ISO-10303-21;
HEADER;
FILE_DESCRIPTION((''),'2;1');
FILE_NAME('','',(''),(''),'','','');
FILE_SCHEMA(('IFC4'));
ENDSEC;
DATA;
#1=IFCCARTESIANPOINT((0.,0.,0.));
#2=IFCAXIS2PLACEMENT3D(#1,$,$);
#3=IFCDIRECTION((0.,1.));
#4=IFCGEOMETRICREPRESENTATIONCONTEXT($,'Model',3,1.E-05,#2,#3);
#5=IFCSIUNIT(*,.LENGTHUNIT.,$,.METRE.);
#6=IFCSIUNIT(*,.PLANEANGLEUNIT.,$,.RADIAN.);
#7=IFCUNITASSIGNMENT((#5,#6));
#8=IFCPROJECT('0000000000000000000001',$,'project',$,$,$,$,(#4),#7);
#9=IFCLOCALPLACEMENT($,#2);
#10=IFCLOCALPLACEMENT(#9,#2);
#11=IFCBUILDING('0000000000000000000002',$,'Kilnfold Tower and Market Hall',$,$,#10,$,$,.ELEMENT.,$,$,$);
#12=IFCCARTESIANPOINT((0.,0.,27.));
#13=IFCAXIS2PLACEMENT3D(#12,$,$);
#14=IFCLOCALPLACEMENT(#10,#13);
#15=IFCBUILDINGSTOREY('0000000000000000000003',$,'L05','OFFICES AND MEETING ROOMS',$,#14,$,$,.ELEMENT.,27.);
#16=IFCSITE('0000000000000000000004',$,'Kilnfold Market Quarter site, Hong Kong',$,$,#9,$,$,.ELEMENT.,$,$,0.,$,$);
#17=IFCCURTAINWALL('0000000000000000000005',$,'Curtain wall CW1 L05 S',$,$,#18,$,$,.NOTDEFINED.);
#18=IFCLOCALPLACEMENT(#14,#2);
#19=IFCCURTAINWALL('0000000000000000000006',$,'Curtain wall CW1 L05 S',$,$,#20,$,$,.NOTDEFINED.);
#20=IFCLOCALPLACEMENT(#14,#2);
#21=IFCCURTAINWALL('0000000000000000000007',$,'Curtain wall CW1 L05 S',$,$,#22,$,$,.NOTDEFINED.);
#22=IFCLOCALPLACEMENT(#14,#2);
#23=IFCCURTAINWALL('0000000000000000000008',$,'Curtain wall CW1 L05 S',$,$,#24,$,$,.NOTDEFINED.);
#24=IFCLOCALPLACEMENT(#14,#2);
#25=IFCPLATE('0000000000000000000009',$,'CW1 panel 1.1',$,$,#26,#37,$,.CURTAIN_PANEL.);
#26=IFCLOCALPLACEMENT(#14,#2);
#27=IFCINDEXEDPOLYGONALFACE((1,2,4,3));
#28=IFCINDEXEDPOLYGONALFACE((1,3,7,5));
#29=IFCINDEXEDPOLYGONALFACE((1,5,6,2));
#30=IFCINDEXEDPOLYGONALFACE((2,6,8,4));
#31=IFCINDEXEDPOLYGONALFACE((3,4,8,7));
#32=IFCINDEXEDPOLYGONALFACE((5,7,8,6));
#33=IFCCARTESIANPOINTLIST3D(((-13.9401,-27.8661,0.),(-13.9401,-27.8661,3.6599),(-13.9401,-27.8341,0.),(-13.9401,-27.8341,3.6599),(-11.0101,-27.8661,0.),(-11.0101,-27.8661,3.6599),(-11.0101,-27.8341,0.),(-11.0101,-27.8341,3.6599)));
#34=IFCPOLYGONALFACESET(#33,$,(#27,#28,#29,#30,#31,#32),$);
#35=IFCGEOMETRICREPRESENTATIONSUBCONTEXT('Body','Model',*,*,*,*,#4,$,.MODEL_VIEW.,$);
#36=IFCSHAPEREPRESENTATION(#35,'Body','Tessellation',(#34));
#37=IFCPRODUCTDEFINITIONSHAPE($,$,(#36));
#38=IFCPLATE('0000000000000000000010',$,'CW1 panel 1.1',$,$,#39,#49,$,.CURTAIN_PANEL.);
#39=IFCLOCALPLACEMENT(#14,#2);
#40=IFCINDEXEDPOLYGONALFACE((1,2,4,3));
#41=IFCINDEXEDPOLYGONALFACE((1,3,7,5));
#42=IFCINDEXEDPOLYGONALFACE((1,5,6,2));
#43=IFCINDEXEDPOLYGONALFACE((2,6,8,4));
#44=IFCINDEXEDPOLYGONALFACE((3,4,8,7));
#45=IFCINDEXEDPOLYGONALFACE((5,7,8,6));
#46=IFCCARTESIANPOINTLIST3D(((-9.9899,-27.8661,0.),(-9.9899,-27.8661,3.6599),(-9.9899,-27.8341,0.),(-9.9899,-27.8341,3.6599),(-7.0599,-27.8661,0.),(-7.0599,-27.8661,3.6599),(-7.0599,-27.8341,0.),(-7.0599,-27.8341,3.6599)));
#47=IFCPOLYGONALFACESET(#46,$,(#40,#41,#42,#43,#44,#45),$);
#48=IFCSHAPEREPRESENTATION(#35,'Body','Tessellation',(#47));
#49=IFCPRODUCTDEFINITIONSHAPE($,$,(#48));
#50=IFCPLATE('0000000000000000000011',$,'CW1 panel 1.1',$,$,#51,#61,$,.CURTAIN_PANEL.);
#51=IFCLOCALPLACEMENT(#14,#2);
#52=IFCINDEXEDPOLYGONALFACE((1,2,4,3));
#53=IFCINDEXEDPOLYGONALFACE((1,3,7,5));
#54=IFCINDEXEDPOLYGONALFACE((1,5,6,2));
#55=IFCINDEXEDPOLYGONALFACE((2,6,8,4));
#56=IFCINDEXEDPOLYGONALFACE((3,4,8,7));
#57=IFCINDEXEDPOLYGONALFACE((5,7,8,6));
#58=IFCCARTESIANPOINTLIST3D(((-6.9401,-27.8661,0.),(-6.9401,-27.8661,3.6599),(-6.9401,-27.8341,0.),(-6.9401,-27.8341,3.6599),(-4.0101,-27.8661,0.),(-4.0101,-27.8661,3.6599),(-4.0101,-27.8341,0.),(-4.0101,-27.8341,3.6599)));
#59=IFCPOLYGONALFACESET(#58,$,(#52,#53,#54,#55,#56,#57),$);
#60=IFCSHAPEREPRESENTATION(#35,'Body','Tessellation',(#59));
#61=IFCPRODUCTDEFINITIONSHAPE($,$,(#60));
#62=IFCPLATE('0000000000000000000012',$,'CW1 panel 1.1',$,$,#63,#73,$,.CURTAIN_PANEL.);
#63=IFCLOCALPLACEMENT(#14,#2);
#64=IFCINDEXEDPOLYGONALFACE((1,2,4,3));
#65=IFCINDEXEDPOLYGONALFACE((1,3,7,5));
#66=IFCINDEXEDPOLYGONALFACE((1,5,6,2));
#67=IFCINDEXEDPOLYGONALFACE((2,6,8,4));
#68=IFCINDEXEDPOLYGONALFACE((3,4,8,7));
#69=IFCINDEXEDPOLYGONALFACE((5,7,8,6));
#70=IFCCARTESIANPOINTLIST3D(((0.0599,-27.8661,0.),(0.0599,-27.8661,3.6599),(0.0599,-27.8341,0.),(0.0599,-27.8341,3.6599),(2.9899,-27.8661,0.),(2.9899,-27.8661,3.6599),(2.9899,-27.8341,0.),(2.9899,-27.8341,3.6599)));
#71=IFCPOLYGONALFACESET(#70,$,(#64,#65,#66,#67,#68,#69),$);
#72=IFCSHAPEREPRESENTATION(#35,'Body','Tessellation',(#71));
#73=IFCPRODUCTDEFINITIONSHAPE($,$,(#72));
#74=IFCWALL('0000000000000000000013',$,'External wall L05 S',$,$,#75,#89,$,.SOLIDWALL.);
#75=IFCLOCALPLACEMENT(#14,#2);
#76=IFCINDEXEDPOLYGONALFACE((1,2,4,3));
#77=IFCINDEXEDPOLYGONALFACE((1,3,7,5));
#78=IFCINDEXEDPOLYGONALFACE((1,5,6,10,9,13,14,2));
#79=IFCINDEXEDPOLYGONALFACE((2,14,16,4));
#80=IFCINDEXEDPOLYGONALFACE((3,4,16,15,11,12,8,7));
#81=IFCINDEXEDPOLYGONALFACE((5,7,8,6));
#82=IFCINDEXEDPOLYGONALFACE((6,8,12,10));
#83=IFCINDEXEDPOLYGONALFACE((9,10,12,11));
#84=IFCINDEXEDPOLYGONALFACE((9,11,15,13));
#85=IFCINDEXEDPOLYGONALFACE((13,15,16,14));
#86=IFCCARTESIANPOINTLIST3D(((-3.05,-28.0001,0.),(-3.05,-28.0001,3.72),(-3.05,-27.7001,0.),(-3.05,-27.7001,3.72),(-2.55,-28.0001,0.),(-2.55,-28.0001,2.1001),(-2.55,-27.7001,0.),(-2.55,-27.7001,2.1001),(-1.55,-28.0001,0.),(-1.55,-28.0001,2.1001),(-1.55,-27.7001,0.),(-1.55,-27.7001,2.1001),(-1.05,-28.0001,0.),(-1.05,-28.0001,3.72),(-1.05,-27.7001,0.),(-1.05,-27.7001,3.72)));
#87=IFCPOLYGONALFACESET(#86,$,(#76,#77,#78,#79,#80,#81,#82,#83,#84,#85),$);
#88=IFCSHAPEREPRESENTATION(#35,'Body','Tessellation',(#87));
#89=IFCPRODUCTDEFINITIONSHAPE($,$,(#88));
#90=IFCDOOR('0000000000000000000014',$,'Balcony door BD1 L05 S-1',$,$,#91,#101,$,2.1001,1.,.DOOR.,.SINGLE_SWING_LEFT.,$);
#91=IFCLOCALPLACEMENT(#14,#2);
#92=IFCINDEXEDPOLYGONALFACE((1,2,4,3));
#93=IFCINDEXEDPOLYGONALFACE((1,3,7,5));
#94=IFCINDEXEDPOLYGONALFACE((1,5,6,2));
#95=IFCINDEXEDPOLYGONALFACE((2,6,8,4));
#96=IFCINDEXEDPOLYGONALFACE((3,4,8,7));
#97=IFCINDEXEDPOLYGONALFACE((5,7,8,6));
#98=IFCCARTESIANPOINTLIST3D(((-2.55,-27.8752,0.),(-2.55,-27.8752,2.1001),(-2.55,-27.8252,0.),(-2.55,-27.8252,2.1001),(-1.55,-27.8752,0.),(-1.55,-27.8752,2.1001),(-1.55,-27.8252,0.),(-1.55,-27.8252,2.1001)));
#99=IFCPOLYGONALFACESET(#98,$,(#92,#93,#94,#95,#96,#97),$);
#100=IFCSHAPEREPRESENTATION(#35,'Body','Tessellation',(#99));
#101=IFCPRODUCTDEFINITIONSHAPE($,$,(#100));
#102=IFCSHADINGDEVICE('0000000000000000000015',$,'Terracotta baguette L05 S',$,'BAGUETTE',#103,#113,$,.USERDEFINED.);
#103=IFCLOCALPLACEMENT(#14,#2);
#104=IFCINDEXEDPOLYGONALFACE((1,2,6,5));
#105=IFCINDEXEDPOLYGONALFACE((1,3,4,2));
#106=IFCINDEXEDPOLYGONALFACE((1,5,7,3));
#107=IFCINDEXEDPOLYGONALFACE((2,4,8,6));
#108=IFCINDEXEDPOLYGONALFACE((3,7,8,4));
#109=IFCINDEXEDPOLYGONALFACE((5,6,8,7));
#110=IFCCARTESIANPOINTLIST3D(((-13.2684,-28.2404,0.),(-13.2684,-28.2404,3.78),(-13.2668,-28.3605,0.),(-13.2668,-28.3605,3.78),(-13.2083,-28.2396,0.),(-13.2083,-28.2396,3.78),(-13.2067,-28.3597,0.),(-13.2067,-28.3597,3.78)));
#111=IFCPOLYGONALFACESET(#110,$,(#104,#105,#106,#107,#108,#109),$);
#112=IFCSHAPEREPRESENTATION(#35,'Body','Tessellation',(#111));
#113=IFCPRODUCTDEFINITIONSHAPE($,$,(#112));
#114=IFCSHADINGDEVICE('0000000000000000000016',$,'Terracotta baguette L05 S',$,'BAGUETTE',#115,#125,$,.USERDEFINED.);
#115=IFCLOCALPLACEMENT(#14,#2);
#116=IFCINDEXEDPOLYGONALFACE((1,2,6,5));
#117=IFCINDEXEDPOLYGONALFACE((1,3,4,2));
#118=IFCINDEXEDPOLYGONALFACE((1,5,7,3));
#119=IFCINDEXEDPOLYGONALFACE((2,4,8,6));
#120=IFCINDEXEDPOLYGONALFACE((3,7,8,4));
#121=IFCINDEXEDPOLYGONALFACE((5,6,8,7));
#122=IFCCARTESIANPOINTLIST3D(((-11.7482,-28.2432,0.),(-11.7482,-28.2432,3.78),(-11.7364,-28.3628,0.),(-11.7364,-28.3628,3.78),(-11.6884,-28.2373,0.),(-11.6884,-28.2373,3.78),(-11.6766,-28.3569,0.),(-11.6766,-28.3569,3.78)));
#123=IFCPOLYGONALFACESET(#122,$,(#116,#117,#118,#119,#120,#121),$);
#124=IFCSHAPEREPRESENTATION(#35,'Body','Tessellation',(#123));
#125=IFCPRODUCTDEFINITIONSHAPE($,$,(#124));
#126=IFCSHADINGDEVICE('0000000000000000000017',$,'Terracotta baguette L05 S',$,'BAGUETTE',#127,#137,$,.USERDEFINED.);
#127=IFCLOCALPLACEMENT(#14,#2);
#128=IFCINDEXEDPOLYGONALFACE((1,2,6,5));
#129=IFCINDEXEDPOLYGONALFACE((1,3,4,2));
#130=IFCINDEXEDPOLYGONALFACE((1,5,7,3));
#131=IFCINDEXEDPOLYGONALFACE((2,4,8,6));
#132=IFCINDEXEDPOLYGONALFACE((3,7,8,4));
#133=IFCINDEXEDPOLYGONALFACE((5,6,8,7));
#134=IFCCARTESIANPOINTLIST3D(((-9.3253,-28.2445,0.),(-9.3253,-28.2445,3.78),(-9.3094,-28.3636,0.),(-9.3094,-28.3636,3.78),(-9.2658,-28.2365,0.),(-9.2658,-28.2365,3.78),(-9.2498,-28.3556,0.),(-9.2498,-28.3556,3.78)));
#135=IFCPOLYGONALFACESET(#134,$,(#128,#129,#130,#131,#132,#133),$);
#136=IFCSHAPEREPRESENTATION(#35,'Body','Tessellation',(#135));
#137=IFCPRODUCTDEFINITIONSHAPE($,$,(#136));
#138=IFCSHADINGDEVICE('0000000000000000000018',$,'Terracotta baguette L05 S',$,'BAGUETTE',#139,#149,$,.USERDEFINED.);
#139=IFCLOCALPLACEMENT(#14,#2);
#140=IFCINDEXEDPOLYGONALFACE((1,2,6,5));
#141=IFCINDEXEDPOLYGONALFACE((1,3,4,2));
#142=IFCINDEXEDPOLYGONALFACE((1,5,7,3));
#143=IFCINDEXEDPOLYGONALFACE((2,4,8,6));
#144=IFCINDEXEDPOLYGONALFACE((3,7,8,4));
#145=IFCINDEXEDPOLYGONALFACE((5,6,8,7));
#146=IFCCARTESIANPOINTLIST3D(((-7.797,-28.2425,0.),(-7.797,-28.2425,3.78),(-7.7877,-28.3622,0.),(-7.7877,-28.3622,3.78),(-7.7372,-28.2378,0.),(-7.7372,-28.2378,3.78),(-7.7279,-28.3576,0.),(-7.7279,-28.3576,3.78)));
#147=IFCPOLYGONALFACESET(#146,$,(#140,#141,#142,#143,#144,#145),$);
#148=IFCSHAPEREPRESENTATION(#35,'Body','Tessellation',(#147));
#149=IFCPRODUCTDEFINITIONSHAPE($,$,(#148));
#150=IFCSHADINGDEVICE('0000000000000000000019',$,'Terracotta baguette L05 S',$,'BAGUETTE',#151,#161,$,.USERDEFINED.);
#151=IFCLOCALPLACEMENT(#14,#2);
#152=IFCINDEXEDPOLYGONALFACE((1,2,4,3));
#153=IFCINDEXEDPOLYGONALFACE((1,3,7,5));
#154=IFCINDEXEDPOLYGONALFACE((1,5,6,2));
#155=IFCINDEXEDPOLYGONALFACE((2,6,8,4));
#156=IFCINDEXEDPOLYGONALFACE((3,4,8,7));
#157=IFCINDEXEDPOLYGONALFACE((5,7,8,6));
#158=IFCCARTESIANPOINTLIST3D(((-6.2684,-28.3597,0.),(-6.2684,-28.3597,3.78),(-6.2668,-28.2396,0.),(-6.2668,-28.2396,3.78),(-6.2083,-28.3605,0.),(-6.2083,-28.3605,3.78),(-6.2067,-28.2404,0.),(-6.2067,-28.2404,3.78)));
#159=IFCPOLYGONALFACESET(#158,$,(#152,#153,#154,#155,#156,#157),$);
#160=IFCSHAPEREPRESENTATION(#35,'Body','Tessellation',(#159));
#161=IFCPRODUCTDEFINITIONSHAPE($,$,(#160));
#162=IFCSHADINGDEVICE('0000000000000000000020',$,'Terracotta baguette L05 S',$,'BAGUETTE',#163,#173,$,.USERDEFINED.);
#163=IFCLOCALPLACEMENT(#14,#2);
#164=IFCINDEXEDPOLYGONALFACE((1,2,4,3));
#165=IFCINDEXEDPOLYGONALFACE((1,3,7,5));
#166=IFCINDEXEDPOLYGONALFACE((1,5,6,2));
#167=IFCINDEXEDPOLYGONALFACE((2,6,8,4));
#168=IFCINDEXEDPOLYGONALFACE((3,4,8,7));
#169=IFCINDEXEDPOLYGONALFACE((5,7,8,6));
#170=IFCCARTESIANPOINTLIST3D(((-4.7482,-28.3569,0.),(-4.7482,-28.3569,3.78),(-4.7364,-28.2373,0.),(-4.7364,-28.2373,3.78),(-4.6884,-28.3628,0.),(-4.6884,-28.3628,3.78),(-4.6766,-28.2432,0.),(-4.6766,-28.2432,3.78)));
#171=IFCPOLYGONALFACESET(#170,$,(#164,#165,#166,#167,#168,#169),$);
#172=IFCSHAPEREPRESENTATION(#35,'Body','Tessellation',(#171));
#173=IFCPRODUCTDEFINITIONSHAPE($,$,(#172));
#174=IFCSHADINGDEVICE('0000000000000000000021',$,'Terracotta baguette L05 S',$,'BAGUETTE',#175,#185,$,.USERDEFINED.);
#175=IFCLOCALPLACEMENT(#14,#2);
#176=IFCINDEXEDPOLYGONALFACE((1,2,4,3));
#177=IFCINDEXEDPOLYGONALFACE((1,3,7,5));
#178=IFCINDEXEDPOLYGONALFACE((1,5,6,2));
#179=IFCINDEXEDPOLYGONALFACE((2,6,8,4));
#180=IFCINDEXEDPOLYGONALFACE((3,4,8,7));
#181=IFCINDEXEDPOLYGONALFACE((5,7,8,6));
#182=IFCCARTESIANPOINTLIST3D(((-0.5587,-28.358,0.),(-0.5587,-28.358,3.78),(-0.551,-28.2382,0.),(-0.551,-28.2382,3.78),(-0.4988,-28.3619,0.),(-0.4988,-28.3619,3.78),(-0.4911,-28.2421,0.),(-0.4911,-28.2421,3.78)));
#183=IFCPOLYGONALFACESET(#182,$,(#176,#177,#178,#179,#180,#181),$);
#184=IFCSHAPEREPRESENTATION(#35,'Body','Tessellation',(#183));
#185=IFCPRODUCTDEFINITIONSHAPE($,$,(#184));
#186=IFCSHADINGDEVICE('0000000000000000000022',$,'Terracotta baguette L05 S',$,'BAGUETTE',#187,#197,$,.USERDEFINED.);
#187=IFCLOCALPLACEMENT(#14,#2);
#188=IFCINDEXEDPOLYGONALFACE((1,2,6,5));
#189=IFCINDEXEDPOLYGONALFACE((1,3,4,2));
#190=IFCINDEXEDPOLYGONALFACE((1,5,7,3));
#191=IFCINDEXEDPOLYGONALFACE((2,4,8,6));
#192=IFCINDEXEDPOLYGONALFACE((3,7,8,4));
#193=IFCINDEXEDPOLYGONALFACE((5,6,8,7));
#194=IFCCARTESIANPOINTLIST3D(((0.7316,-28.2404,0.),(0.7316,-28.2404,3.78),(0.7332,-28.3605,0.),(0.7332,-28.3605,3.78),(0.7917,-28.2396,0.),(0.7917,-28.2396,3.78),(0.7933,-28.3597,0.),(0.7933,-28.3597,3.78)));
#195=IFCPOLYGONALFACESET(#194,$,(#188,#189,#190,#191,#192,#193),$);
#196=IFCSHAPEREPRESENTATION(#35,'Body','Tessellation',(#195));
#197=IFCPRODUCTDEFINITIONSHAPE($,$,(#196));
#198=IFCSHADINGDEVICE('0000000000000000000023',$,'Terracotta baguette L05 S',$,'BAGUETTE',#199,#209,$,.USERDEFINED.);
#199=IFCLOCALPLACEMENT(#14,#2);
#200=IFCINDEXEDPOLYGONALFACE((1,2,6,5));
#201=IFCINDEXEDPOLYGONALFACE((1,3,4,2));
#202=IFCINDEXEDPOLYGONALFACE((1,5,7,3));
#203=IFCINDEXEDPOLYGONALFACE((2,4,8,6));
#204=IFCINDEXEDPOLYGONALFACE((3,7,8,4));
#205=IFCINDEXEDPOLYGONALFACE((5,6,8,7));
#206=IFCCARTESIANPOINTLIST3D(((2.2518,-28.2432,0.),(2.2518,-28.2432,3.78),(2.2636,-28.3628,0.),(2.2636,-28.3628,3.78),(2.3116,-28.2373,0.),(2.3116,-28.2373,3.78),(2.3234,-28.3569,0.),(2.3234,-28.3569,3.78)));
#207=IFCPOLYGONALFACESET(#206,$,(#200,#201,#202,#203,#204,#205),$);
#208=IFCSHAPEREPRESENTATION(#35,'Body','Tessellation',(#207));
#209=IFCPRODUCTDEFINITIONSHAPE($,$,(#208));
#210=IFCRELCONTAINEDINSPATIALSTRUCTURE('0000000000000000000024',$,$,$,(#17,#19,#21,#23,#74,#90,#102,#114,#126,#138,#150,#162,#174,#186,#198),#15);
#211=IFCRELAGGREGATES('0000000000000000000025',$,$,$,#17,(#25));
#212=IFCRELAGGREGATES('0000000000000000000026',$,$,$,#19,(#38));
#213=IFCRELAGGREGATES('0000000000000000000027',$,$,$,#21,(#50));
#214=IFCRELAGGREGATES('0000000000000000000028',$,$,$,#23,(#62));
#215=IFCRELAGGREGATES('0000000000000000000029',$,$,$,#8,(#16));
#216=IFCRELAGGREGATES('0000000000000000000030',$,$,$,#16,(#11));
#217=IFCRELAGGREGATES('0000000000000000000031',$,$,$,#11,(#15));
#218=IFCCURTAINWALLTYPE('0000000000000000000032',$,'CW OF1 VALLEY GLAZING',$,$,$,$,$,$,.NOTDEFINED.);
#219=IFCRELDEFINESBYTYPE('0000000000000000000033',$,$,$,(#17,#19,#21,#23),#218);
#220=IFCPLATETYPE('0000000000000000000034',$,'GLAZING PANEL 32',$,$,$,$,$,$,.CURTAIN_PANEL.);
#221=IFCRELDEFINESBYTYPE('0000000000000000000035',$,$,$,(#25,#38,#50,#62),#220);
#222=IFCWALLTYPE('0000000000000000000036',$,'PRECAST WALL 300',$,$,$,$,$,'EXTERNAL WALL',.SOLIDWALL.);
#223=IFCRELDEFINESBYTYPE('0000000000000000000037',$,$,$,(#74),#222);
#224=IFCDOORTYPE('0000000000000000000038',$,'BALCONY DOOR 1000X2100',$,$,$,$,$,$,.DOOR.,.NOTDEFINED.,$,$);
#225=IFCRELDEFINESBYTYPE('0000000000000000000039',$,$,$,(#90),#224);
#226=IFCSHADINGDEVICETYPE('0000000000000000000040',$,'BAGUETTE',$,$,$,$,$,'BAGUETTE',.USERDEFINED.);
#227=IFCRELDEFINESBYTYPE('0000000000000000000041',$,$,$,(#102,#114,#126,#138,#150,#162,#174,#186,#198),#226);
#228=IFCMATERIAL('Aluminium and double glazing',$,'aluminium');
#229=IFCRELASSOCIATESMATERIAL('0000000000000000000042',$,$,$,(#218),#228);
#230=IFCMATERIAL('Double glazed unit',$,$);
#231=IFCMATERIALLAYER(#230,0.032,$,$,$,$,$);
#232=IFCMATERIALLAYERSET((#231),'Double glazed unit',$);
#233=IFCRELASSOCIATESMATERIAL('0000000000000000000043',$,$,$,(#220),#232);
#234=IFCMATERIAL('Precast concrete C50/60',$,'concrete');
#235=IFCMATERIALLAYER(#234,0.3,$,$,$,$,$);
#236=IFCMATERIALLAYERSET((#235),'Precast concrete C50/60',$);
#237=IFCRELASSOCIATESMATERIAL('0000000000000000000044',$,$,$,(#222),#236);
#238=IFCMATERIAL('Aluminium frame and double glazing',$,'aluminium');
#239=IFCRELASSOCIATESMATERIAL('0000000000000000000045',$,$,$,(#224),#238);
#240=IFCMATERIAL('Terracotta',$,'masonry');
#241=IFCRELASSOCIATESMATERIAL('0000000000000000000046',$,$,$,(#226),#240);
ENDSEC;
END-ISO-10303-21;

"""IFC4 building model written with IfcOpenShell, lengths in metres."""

from ifc_helpers import new_model, si_unit, direction, frame, frame_2d, origin, origin_2d, place, context, subcontext, project, spatial, rectangle, extrude, source, transform, mapped, material, layer, layer_set, material_profile, profile_set, type_object, element, fill, aggregate, save


model = new_model("IFC4")

# Units and contexts
model_context = context("Model", 3, precision=1e-05, world=origin(), true_north=direction((0.0, 1.0)))
body_context = subcontext(model_context, "Body", "Model", "MODEL_VIEW")
ifc_project = project(units=[si_unit("LENGTHUNIT", "METRE"), si_unit("PLANEANGLEUNIT", "RADIAN")], contexts=[model_context])

# Site, building, storey
site_placement = place(None, origin())
site = spatial("IfcSite", under=ifc_project, at=site_placement, Name="Kilnfold Market Quarter site, Hong Kong", CompositionType="ELEMENT", RefElevation=0.0)
building_placement = place(site_placement, origin())
building = spatial("IfcBuilding", under=site, at=building_placement, Name="Kilnfold Tower and Market Hall", CompositionType="ELEMENT")
storey_placement = place(building_placement, frame((0.0, 0.0, 27.0)))
storey = spatial("IfcBuildingStorey", under=building, at=storey_placement, Name="L05", Description="OFFICES AND MEETING ROOMS", CompositionType="ELEMENT", Elevation=27.0)

# Curtain wall
ifc_material_1 = material(Name="Aluminium and double glazing", Category="aluminium")
curtain_wall_type = type_object("IfcCurtainWallType", Name="CW OF1 VALLEY GLAZING", PredefinedType="NOTDEFINED", material=ifc_material_1)
curtain_wall_1_placement = place(storey_placement, origin())
curtain_wall_1 = element("IfcCurtainWall", 1, at=curtain_wall_1_placement, inside=storey, type_object=curtain_wall_type, Name="Curtain wall CW1 L05 S", PredefinedType="NOTDEFINED")

# Curtain walls
curtain_wall_2_placement = place(storey_placement, origin())
curtain_wall_2 = element("IfcCurtainWall", 2, at=curtain_wall_2_placement, inside=storey, type_object=curtain_wall_type, Name="Curtain wall CW1 L05 S", PredefinedType="NOTDEFINED")
curtain_wall_3_placement = place(storey_placement, origin())
curtain_wall_3 = element("IfcCurtainWall", 3, at=curtain_wall_3_placement, inside=storey, type_object=curtain_wall_type, Name="Curtain wall CW1 L05 S", PredefinedType="NOTDEFINED")
curtain_wall_4_placement = place(storey_placement, origin())
curtain_wall_4 = element("IfcCurtainWall", 4, at=curtain_wall_4_placement, inside=storey, type_object=curtain_wall_type, Name="Curtain wall CW1 L05 S", PredefinedType="NOTDEFINED")

# Plates
ifc_material_2 = material(Name="Double glazed unit")
ifc_layer_1 = layer(ifc_material_2, 0.032)
ifc_layer_set_1 = layer_set([ifc_layer_1], Name="Double glazed unit")
plate_type = type_object("IfcPlateType", Name="GLAZING PANEL 32", PredefinedType="CURTAIN_PANEL", material=ifc_layer_set_1)
shared_shape_1 = source(origin(), body_context, "Body", "SweptSolid", [
    extrude(rectangle(XDim=2.9299, YDim=0.032, at=origin_2d()), origin(), (0.0, 0.0, 1.0), 3.6599),
])
plate_1_placement = place(storey_placement, frame((-12.4751, -27.8501, 0.0), z_axis=(0.0, 0.0, 1.0), x_axis=(1.0, 0.0, 0.0)))
plate_1 = element("IfcPlate", 5, at=plate_1_placement, type_object=plate_type, Name="CW1 panel 1.1", PredefinedType="CURTAIN_PANEL", context=body_context, shape_type="MappedRepresentation", body=[
    mapped(shared_shape_1, transform((0.0, 0.0, 0.0))),
])
aggregate(curtain_wall_1, [plate_1])
plate_2_placement = place(storey_placement, frame((-8.5249, -27.8501, 0.0), z_axis=(0.0, 0.0, 1.0), x_axis=(1.0, 0.0, 0.0)))
plate_2 = element("IfcPlate", 6, at=plate_2_placement, type_object=plate_type, Name="CW1 panel 1.1", PredefinedType="CURTAIN_PANEL", context=body_context, shape_type="MappedRepresentation", body=[
    mapped(shared_shape_1, transform((0.0, 0.0, 0.0))),
])
aggregate(curtain_wall_2, [plate_2])
plate_3_placement = place(storey_placement, frame((-5.4751, -27.8501, 0.0), z_axis=(0.0, 0.0, 1.0), x_axis=(1.0, 0.0, 0.0)))
plate_3 = element("IfcPlate", 7, at=plate_3_placement, type_object=plate_type, Name="CW1 panel 1.1", PredefinedType="CURTAIN_PANEL", context=body_context, shape_type="MappedRepresentation", body=[
    mapped(shared_shape_1, transform((0.0, 0.0, 0.0))),
])
aggregate(curtain_wall_3, [plate_3])
plate_4_placement = place(storey_placement, frame((1.5249, -27.8501, 0.0), z_axis=(0.0, 0.0, 1.0), x_axis=(1.0, 0.0, 0.0)))
plate_4 = element("IfcPlate", 8, at=plate_4_placement, type_object=plate_type, Name="CW1 panel 1.1", PredefinedType="CURTAIN_PANEL", context=body_context, shape_type="MappedRepresentation", body=[
    mapped(shared_shape_1, transform((0.0, 0.0, 0.0))),
])
aggregate(curtain_wall_4, [plate_4])

# Wall, opening, door
ifc_material_3 = material(Name="Precast concrete C50/60", Category="concrete")
ifc_layer_2 = layer(ifc_material_3, 0.3)
ifc_layer_set_2 = layer_set([ifc_layer_2], Name="Precast concrete C50/60")
wall_type = type_object("IfcWallType", Name="PRECAST WALL 300", ElementType="EXTERNAL WALL", PredefinedType="SOLIDWALL", material=ifc_layer_set_2)
shared_shape_2 = source(origin(), body_context, "Body", "SweptSolid", [
    extrude(rectangle(XDim=2.0, YDim=0.3, at=frame_2d((1.0, 0.0))), origin(), (0.0, 0.0, 1.0), 3.72),
])
wall_placement = place(storey_placement, frame((-3.05, -27.8501, 0.0), z_axis=(0.0, 0.0, 1.0), x_axis=(1.0, 0.0, 0.0)))
wall = element("IfcWall", 9, at=wall_placement, inside=storey, type_object=wall_type, Name="External wall L05 S", PredefinedType="SOLIDWALL", context=body_context, shape_type="MappedRepresentation", body=[
    mapped(shared_shape_2, transform((0.0, 0.0, 0.0))),
])
opening_placement = place(wall_placement, frame((0.5, 0.0, 0.0)))
opening = element("IfcOpeningElement", 10, at=opening_placement, cuts=wall, PredefinedType="OPENING", context=body_context, shape_type="SweptSolid", body=[
    extrude(rectangle(XDim=1.0, YDim=2.1001, at=frame_2d((0.5, 1.05))), frame((0.0, 0.1602, 0.0), z_axis=(0.0, -1.0, 0.0), x_axis=(1.0, 0.0, 0.0)), (0.0, 0.0, 1.0), 0.3201),
])
ifc_material_4 = material(Name="Aluminium frame and double glazing", Category="aluminium")
door_type = type_object("IfcDoorType", Name="BALCONY DOOR 1000X2100", OperationType="NOTDEFINED", PredefinedType="DOOR", material=ifc_material_4)
door_placement = place(opening_placement, origin())
door = element("IfcDoor", 11, at=door_placement, inside=storey, type_object=door_type, Name="Balcony door BD1 L05 S-1", OperationType="SINGLE_SWING_LEFT", OverallHeight=2.1001, OverallWidth=1.0, PredefinedType="DOOR", context=body_context, shape_type="SweptSolid", body=[
    extrude(rectangle(XDim=1.0, YDim=2.1001, at=frame_2d((0.5, 1.05))), frame((0.0, 0.0249, 0.0), z_axis=(0.0, -1.0, 0.0), x_axis=(1.0, 0.0, 0.0)), (0.0, 0.0, 1.0), 0.05),
])
fill(opening, door)

# Shading devices
ifc_material_5 = material(Name="Terracotta", Category="masonry")
ifc_material_profile_1 = material_profile(ifc_material_5, rectangle(XDim=0.0601, YDim=0.1201, at=origin_2d()), Name="BAG 60x120")
ifc_profile_set_1 = profile_set([ifc_material_profile_1], Name="Terracotta")
shading_device_type = type_object("IfcShadingDeviceType", Name="BAGUETTE", ElementType="BAGUETTE", PredefinedType="USERDEFINED", material=ifc_profile_set_1)
shared_shape_3 = source(origin(), body_context, "Body", "SweptSolid", [
    extrude(rectangle(XDim=0.0601, YDim=0.1201, at=origin_2d()), origin(), (0.0, 0.0, 1.0), 3.78),
])
for number, where, z_axis, x_axis, name in (
    (12, (-13.2375, -28.3, 0.0), (0.0, 0.0, 1.0), (0.999908, 0.013545, 0.0), "Terracotta baguette L05 S"),
    (13, (-11.7124, -28.3, 0.0), (0.0, 0.0, 1.0), (0.995167, 0.098194, 0.0), "Terracotta baguette L05 S"),
    (14, (-9.2876, -28.3, 0.0), (0.0, 0.0, 1.0), (0.991112, 0.133031, 0.0), "Terracotta baguette L05 S"),
    (15, (-7.7625, -28.3, 0.0), (0.0, 0.0, 1.0), (0.997009, 0.077286, 0.0), "Terracotta baguette L05 S"),
    (16, (-6.2375, -28.3, 0.0), (0.0, 0.0, 1.0), (0.999908, -0.013545, 0.0), "Terracotta baguette L05 S"),
    (17, (-4.7124, -28.3, 0.0), (0.0, 0.0, 1.0), (0.995167, -0.098194, 0.0), "Terracotta baguette L05 S"),
    (18, (-0.5249, -28.3, 0.0), (0.0, 0.0, 1.0), (0.997917, -0.064513, 0.0), "Terracotta baguette L05 S"),
    (19, (0.7625, -28.3, 0.0), (0.0, 0.0, 1.0), (0.999908, 0.013545, 0.0), "Terracotta baguette L05 S"),
    (20, (2.2876, -28.3, 0.0), (0.0, 0.0, 1.0), (0.995167, 0.098194, 0.0), "Terracotta baguette L05 S"),
):
    element("IfcShadingDevice", number, at=place(storey_placement, frame(where, z_axis=z_axis, x_axis=x_axis)), inside=storey, type_object=shading_device_type, Name=name, ObjectType="BAGUETTE", PredefinedType="USERDEFINED", context=body_context, shape_type="MappedRepresentation", body=[
        mapped(shared_shape_3, transform((0.0, 0.0, 0.0))),
    ])

save(model, "model.ifc")
